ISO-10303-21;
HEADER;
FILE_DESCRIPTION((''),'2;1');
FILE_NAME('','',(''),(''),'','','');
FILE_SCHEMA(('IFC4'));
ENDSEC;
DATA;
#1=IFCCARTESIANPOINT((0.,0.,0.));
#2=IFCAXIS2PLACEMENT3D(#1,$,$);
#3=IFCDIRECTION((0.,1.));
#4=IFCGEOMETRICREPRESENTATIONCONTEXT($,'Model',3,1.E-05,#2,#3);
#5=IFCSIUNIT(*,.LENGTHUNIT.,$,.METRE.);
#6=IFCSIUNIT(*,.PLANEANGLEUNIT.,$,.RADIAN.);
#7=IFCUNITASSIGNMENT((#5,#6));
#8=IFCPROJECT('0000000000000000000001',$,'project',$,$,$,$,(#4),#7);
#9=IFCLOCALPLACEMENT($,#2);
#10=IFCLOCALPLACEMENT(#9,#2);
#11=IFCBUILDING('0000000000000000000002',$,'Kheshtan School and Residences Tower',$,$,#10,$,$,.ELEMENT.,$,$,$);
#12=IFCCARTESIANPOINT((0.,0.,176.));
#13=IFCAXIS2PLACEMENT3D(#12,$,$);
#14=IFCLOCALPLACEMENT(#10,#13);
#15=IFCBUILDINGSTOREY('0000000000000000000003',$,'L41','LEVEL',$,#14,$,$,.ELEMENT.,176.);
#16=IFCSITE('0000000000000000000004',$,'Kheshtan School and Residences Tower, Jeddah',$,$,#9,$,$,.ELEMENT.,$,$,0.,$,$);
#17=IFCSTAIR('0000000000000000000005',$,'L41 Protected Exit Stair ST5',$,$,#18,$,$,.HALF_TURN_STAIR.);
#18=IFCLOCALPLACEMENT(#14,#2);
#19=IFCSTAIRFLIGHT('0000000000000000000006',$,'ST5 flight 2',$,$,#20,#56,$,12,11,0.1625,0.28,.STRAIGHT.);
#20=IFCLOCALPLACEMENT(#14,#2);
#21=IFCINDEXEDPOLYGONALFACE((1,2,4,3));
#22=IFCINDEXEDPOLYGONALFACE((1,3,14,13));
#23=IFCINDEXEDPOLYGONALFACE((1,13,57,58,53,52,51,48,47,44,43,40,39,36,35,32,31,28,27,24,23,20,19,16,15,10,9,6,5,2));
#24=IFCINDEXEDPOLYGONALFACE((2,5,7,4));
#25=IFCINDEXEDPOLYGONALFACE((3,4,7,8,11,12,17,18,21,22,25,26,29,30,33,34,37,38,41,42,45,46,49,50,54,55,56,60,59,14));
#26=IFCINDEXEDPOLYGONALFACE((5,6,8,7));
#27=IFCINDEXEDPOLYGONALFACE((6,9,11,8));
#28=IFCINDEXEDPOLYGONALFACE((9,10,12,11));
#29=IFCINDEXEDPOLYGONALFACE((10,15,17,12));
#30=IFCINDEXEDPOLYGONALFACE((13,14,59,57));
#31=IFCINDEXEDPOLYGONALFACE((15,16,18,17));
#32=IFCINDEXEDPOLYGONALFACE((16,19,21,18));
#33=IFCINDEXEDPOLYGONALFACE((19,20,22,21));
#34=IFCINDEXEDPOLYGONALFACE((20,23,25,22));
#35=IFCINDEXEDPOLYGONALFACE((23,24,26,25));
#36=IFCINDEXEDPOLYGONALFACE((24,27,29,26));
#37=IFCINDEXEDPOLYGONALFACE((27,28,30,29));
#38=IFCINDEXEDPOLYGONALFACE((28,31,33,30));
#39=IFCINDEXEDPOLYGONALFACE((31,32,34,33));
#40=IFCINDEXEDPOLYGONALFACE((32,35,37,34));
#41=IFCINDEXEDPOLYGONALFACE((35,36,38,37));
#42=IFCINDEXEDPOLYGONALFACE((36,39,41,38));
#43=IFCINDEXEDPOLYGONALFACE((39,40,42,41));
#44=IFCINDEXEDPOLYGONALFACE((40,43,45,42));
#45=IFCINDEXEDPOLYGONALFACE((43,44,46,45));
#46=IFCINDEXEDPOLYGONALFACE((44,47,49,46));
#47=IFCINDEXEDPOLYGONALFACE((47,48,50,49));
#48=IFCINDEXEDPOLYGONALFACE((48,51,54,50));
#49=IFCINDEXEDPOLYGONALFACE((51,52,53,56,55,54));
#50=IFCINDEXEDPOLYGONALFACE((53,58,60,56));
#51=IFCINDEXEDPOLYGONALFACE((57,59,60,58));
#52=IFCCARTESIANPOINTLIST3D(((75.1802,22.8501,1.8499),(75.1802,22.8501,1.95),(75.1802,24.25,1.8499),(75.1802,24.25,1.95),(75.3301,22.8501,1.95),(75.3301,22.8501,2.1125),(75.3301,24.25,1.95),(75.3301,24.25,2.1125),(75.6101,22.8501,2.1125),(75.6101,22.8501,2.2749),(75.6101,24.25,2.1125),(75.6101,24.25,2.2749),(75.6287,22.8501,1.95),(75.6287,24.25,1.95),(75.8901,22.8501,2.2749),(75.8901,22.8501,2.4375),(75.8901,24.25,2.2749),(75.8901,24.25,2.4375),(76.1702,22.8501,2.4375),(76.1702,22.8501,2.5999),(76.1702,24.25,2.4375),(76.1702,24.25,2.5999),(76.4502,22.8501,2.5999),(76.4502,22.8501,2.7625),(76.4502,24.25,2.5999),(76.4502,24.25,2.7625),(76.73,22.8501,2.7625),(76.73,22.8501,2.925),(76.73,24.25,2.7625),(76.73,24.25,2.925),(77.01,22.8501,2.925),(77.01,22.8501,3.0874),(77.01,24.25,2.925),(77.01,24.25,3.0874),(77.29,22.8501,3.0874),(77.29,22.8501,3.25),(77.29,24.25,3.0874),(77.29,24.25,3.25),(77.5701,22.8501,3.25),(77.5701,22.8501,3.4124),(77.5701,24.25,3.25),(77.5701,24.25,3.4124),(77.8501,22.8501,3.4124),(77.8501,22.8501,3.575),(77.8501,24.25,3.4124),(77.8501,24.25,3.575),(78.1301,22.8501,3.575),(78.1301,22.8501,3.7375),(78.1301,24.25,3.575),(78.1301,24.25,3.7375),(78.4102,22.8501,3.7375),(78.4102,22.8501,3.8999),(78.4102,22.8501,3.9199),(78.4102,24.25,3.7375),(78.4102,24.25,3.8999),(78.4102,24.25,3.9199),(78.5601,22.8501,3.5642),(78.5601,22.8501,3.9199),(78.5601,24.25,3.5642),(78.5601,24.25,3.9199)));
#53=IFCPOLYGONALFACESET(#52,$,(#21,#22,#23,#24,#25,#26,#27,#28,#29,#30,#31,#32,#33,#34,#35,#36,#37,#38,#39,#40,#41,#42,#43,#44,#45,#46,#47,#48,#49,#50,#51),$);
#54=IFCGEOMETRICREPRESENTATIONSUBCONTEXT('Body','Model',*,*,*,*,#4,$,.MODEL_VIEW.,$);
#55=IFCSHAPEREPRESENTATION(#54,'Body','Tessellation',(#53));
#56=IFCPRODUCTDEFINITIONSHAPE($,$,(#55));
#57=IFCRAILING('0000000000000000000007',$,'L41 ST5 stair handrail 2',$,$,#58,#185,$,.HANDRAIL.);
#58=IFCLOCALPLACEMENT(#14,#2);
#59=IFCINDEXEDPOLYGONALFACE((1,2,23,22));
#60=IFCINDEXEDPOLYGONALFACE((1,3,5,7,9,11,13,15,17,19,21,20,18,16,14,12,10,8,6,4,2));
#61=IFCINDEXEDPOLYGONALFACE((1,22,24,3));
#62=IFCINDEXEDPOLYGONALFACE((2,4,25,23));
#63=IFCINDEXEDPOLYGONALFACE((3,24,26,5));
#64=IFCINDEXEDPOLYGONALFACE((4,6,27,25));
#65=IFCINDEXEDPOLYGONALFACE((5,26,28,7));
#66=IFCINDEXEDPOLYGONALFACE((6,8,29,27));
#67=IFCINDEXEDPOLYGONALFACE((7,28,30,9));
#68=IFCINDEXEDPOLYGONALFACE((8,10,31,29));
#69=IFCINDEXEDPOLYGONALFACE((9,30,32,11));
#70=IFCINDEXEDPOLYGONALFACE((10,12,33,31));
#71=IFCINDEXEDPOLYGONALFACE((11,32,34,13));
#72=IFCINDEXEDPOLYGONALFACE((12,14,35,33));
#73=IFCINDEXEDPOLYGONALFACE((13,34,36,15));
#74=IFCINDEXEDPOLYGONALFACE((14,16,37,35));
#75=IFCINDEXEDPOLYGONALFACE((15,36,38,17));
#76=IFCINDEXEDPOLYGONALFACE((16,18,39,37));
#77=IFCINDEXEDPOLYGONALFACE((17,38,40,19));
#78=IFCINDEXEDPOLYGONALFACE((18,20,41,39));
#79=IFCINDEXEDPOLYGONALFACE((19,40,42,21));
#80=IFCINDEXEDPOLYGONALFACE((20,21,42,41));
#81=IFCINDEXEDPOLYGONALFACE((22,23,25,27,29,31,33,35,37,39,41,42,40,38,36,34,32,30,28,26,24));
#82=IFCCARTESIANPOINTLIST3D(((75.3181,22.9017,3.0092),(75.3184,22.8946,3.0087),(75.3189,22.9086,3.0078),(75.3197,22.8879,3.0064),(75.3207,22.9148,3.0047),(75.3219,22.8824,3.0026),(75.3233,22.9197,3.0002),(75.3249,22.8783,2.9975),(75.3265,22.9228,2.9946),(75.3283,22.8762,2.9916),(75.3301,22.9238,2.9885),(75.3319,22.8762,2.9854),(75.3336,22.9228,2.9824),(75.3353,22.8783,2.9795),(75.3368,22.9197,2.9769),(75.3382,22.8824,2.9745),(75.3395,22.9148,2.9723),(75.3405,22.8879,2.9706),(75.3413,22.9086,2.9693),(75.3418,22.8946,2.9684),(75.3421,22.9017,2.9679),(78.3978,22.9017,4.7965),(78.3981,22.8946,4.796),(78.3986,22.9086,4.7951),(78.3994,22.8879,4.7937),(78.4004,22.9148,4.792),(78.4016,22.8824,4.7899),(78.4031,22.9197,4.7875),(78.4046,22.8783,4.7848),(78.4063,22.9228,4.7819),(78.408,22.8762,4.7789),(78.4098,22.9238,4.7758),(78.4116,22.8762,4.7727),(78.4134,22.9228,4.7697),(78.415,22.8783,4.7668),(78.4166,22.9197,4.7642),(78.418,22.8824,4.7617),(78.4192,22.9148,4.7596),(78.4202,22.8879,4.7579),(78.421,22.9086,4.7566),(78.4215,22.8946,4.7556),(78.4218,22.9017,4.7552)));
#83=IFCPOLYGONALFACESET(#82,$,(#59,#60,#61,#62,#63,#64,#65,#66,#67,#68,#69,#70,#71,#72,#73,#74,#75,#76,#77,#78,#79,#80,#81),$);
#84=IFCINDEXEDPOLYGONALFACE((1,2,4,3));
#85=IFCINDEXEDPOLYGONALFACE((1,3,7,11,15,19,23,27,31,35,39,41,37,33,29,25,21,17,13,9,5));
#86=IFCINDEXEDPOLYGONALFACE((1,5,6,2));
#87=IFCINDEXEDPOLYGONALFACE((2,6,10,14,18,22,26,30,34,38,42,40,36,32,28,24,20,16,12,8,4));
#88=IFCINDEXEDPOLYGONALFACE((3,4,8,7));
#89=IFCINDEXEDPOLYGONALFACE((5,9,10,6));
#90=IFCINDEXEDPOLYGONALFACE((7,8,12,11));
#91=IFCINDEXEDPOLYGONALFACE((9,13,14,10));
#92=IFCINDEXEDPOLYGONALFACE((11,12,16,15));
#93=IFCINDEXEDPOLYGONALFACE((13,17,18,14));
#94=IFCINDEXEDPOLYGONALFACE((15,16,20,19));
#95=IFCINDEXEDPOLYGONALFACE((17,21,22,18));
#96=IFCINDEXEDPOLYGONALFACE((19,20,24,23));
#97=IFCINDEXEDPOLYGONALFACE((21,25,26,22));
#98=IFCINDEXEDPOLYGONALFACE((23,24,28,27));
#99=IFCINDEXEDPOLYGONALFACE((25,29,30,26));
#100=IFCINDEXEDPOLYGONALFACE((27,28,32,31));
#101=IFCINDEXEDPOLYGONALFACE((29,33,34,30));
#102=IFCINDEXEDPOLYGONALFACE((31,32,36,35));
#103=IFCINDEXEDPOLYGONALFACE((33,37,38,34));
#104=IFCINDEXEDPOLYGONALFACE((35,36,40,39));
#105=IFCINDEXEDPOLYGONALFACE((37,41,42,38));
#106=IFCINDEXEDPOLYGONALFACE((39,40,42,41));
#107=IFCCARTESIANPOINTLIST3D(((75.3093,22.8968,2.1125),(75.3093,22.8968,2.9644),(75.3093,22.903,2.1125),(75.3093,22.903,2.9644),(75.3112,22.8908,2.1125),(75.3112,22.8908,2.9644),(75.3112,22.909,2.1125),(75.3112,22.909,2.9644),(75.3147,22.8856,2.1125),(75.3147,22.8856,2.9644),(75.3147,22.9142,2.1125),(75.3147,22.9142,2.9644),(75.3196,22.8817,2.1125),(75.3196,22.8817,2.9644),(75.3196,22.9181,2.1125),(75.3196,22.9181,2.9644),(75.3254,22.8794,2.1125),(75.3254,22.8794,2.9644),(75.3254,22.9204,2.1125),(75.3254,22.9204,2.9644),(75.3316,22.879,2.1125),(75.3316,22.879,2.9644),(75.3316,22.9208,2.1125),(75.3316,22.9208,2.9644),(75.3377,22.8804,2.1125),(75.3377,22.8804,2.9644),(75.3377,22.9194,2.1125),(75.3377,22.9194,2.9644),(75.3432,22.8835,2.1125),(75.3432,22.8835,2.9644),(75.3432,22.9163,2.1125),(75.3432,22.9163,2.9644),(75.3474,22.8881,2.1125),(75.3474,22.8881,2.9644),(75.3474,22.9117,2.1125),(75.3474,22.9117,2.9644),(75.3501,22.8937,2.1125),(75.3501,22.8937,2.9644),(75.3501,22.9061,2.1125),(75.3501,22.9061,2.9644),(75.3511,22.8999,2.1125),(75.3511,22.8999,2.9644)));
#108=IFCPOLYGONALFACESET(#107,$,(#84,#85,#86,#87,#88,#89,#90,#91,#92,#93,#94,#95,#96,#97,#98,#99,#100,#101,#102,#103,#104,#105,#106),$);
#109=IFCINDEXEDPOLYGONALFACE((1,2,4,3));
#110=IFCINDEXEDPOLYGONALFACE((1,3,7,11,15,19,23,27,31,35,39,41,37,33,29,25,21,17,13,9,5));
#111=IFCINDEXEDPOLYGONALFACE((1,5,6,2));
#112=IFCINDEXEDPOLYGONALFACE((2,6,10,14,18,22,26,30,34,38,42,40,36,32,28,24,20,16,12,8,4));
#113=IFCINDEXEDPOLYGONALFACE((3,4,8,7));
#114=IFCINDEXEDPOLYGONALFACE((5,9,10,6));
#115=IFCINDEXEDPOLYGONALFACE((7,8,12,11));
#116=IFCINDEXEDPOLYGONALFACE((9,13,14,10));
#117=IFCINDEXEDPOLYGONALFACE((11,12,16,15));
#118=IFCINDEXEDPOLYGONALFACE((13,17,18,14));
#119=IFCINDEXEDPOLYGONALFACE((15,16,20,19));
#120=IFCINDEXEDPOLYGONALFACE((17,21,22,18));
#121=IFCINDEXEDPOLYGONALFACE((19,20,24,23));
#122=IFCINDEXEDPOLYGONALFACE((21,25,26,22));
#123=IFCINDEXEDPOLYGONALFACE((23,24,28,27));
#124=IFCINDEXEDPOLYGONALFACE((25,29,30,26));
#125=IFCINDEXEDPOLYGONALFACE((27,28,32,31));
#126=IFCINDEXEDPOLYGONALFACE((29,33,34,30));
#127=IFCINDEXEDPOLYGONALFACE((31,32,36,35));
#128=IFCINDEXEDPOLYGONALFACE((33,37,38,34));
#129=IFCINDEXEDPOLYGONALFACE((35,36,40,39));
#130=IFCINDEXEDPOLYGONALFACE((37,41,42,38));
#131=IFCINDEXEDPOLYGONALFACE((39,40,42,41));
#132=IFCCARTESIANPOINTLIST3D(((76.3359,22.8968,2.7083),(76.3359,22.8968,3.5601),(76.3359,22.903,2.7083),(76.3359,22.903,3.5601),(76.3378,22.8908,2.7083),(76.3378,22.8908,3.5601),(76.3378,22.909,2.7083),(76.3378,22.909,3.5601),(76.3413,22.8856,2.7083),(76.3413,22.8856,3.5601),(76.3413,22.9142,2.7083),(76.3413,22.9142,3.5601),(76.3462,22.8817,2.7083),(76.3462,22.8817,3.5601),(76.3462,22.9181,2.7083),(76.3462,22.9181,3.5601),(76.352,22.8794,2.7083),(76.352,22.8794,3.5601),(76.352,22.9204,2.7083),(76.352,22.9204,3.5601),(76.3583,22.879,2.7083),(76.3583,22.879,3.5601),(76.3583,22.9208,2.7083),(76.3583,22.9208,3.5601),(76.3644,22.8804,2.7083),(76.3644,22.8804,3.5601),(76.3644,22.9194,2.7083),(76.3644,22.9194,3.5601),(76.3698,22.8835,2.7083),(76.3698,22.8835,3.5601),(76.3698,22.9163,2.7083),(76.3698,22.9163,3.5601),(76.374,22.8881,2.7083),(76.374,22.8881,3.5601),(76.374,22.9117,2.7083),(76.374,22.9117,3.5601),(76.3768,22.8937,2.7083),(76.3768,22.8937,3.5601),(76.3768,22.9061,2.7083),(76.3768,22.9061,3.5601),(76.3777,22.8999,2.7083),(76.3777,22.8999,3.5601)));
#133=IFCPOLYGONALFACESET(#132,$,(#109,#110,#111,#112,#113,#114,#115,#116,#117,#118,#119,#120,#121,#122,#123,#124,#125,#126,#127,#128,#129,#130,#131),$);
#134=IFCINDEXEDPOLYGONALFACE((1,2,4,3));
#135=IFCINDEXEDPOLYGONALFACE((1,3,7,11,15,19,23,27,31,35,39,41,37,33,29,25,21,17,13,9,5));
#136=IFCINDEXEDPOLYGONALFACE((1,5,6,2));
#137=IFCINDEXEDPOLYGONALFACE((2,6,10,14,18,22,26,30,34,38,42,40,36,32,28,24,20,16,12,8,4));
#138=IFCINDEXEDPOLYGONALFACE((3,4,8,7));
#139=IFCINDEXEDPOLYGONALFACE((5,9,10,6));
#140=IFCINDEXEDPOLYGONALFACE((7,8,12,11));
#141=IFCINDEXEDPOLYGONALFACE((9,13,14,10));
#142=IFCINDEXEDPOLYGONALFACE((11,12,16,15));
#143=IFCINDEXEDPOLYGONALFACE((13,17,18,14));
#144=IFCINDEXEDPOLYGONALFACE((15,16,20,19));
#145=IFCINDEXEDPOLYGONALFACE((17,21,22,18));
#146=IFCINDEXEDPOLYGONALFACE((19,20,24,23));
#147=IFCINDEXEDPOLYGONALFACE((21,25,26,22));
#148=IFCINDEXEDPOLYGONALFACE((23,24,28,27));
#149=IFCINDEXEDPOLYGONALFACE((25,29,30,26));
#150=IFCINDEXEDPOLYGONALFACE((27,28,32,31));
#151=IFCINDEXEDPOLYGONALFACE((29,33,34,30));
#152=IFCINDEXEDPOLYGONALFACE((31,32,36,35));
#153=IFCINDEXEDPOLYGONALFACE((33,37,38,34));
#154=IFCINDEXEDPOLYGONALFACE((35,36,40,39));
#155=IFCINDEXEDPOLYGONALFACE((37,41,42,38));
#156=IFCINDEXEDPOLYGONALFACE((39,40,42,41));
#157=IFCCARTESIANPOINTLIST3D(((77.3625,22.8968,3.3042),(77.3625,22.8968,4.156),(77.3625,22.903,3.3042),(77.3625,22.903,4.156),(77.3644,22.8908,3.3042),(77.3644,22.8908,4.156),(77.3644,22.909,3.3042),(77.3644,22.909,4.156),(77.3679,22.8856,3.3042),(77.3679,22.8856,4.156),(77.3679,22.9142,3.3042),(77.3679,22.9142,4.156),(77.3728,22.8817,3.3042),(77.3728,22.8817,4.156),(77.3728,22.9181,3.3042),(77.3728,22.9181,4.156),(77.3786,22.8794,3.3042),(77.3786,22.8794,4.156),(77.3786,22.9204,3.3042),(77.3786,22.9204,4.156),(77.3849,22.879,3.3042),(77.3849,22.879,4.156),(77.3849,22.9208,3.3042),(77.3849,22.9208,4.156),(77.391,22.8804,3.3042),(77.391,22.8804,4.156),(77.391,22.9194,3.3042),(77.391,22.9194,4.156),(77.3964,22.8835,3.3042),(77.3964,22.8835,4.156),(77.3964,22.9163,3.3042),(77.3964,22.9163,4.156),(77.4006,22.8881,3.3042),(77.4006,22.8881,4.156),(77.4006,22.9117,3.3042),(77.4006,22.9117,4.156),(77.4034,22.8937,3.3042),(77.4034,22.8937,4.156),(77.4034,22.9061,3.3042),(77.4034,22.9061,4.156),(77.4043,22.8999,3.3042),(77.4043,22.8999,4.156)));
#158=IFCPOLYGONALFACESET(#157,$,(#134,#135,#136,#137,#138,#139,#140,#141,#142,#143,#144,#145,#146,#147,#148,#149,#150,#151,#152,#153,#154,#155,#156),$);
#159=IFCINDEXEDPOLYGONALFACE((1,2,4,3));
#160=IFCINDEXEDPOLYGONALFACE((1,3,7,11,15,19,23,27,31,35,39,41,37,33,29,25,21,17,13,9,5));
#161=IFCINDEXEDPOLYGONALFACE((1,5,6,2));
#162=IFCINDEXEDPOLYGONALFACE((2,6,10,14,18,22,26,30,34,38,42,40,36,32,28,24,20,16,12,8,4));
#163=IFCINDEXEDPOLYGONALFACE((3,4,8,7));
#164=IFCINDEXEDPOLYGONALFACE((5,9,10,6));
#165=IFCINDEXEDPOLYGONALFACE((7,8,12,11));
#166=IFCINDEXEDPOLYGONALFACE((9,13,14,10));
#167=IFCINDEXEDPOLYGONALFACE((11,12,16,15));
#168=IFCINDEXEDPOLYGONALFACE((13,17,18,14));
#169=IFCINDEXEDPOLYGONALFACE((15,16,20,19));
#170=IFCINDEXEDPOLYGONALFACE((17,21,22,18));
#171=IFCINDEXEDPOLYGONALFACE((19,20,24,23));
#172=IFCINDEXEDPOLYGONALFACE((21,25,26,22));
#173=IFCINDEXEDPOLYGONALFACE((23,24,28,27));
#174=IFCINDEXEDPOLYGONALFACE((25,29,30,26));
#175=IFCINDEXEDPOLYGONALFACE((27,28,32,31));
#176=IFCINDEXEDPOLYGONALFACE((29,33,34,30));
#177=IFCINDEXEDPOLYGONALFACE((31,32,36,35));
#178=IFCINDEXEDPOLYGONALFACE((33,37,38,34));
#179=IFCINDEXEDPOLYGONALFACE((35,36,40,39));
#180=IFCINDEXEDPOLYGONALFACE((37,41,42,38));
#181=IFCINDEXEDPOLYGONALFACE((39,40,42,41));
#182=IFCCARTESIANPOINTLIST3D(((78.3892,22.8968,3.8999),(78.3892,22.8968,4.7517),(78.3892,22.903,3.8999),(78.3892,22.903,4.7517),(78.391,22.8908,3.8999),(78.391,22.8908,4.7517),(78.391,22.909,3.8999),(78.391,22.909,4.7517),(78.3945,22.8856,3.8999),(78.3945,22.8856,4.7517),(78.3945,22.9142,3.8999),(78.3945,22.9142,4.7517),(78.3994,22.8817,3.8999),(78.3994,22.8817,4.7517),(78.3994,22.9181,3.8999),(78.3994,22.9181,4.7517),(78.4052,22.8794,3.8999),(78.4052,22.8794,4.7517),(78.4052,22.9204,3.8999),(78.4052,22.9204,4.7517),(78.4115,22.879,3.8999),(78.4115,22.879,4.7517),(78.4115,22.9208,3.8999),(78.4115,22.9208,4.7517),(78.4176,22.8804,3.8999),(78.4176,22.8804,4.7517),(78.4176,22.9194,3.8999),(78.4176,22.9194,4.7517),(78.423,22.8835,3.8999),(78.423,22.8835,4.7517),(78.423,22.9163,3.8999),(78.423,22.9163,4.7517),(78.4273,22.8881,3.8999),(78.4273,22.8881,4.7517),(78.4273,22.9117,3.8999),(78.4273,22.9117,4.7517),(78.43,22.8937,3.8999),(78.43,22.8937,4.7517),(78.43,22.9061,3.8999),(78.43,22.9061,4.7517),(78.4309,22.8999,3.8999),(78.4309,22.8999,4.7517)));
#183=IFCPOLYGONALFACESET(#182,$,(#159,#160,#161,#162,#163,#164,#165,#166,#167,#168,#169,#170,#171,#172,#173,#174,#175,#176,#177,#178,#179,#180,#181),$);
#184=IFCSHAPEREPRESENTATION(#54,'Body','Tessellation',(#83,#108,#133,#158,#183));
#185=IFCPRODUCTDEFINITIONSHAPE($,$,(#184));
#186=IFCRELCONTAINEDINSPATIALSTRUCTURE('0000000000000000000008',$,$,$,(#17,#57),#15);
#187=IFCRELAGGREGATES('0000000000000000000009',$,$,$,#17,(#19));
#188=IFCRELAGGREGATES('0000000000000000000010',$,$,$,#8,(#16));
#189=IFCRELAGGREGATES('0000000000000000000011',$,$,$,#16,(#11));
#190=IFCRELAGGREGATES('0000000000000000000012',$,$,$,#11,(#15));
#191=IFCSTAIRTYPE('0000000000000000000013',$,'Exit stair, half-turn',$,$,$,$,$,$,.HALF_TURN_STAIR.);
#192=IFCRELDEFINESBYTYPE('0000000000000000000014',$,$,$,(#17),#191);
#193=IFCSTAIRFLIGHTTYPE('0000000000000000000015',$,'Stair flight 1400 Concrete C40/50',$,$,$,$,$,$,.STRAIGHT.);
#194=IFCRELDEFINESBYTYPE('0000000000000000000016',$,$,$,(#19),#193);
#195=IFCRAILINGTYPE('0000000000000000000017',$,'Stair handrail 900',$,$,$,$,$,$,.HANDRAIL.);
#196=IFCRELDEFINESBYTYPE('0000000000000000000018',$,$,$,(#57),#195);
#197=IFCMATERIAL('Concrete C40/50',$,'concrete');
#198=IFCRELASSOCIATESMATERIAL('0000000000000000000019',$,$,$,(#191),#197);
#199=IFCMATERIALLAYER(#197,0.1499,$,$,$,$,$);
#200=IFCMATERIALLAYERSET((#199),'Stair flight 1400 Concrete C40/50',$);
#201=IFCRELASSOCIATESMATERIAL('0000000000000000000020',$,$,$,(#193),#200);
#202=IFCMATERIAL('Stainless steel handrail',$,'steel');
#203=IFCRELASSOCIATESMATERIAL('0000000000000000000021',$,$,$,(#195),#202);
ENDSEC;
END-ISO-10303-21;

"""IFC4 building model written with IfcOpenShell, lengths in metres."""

from ifc_helpers import new_model, si_unit, direction, frame, origin, origin_2d, place, context, subcontext, project, spatial, polyline, circle, outline, extrude, material, layer, layer_set, type_object, element, aggregate, save


model = new_model("IFC4")

# Units and contexts
model_context = context("Model", 3, precision=1e-05, world=origin(), true_north=direction((0.0, 1.0)))
body_context = subcontext(model_context, "Body", "Model", "MODEL_VIEW")
ifc_project = project(units=[si_unit("LENGTHUNIT", "METRE"), si_unit("PLANEANGLEUNIT", "RADIAN")], contexts=[model_context])

# Site, building, storey
site_placement = place(None, origin())
site = spatial("IfcSite", under=ifc_project, at=site_placement, Name="Kheshtan School and Residences Tower, Jeddah", CompositionType="ELEMENT", RefElevation=0.0)
building_placement = place(site_placement, origin())
building = spatial("IfcBuilding", under=site, at=building_placement, Name="Kheshtan School and Residences Tower", CompositionType="ELEMENT")
storey_placement = place(building_placement, frame((0.0, 0.0, 176.0)))
storey = spatial("IfcBuildingStorey", under=building, at=storey_placement, Name="L41", Description="LEVEL", CompositionType="ELEMENT", Elevation=176.0)

# Shared definitions
ifc_material_1 = material(Name="Concrete C40/50", Category="concrete")

# Stair, stair flight
stair_type = type_object("IfcStairType", Name="Exit stair, half-turn", PredefinedType="HALF_TURN_STAIR", material=ifc_material_1)
stair_placement = place(storey_placement, origin())
stair = element("IfcStair", 1, at=stair_placement, inside=storey, type_object=stair_type, Name="L41 Protected Exit Stair ST5", PredefinedType="HALF_TURN_STAIR")
ifc_layer_1 = layer(ifc_material_1, 0.1499)
ifc_layer_set_1 = layer_set([ifc_layer_1], Name="Stair flight 1400 Concrete C40/50")
stair_flight_type = type_object("IfcStairFlightType", Name="Stair flight 1400 Concrete C40/50", PredefinedType="STRAIGHT", material=ifc_layer_set_1)
stair_flight_placement = place(storey_placement, frame((75.3301, 23.55, 1.95), z_axis=(0.0, 0.0, 1.0), x_axis=(1.0, 0.0, 0.0)))
stair_flight = element("IfcStairFlight", 2, at=stair_flight_placement, type_object=stair_flight_type, Name="ST5 flight 2", NumberOfRisers=12, NumberOfTreads=11, PredefinedType="STRAIGHT", RiserHeight=0.1625, TreadLength=0.28, context=body_context, shape_type="SweptSolid", body=[
    extrude(outline(polyline([(-0.1499, -0.1001), (-0.1499, 0.0), (0.0, 0.0), (0.0, 0.1626), (0.28, 0.1626), (0.28, 0.325), (0.5601, 0.325), (0.5601, 0.4875), (0.8401, 0.4875), (0.8401, 0.6499), (1.1201, 0.6499), (1.1201, 0.8125), (1.3999, 0.8125), (1.3999, 0.9751), (1.6799, 0.9751), (1.6799, 1.1375), (1.96, 1.1375), (1.96, 1.3), (2.24, 1.3), (2.24, 1.4624), (2.52, 1.4624), (2.52, 1.625), (2.8, 1.625), (2.8, 1.7876), (3.0801, 1.7876), (3.0801, 1.95), (3.0801, 1.97), (3.23, 1.97), (3.23, 1.6143), (0.2986, 0.0), (-0.1499, -0.1001)])), frame((0.0, 0.7, 0.0), z_axis=(0.0, -1.0, 0.0), x_axis=(1.0, 0.0, 0.0)), (0.0, 0.0, 1.0), 1.3999),
])
aggregate(stair, [stair_flight])

# Railing
ifc_material_2 = material(Name="Stainless steel handrail", Category="steel")
railing_type = type_object("IfcRailingType", Name="Stair handrail 900", PredefinedType="HANDRAIL", material=ifc_material_2)
railing_placement = place(storey_placement, frame((75.3301, 22.8999, 2.1125)))
element("IfcRailing", 3, at=railing_placement, inside=storey, type_object=railing_type, Name="L41 ST5 stair handrail 2", PredefinedType="HANDRAIL", context=body_context, shape_type="SweptSolid", body=[
    extrude(circle(Radius=0.0239, at=origin_2d()), frame((0.0, 0.0, 0.876), z_axis=(0.864903, 0.0, 0.501939), x_axis=(0.0, 1.0, 0.0)), (0.0, 0.0, 1.0), 3.5608),
    extrude(circle(Radius=0.021, at=origin_2d()), origin(), (0.0, 0.0, 1.0), 0.8518),
    extrude(circle(Radius=0.021, at=origin_2d()), frame((1.0266, 0.0, 0.5957)), (0.0, 0.0, 1.0), 0.8518),
    extrude(circle(Radius=0.021, at=origin_2d()), frame((2.0532, 0.0, 1.1917)), (0.0, 0.0, 1.0), 0.8518),
    extrude(circle(Radius=0.021, at=origin_2d()), frame((3.0798, 0.0, 1.7874)), (0.0, 0.0, 1.0), 0.8518),
])

save(model, "model.ifc")
